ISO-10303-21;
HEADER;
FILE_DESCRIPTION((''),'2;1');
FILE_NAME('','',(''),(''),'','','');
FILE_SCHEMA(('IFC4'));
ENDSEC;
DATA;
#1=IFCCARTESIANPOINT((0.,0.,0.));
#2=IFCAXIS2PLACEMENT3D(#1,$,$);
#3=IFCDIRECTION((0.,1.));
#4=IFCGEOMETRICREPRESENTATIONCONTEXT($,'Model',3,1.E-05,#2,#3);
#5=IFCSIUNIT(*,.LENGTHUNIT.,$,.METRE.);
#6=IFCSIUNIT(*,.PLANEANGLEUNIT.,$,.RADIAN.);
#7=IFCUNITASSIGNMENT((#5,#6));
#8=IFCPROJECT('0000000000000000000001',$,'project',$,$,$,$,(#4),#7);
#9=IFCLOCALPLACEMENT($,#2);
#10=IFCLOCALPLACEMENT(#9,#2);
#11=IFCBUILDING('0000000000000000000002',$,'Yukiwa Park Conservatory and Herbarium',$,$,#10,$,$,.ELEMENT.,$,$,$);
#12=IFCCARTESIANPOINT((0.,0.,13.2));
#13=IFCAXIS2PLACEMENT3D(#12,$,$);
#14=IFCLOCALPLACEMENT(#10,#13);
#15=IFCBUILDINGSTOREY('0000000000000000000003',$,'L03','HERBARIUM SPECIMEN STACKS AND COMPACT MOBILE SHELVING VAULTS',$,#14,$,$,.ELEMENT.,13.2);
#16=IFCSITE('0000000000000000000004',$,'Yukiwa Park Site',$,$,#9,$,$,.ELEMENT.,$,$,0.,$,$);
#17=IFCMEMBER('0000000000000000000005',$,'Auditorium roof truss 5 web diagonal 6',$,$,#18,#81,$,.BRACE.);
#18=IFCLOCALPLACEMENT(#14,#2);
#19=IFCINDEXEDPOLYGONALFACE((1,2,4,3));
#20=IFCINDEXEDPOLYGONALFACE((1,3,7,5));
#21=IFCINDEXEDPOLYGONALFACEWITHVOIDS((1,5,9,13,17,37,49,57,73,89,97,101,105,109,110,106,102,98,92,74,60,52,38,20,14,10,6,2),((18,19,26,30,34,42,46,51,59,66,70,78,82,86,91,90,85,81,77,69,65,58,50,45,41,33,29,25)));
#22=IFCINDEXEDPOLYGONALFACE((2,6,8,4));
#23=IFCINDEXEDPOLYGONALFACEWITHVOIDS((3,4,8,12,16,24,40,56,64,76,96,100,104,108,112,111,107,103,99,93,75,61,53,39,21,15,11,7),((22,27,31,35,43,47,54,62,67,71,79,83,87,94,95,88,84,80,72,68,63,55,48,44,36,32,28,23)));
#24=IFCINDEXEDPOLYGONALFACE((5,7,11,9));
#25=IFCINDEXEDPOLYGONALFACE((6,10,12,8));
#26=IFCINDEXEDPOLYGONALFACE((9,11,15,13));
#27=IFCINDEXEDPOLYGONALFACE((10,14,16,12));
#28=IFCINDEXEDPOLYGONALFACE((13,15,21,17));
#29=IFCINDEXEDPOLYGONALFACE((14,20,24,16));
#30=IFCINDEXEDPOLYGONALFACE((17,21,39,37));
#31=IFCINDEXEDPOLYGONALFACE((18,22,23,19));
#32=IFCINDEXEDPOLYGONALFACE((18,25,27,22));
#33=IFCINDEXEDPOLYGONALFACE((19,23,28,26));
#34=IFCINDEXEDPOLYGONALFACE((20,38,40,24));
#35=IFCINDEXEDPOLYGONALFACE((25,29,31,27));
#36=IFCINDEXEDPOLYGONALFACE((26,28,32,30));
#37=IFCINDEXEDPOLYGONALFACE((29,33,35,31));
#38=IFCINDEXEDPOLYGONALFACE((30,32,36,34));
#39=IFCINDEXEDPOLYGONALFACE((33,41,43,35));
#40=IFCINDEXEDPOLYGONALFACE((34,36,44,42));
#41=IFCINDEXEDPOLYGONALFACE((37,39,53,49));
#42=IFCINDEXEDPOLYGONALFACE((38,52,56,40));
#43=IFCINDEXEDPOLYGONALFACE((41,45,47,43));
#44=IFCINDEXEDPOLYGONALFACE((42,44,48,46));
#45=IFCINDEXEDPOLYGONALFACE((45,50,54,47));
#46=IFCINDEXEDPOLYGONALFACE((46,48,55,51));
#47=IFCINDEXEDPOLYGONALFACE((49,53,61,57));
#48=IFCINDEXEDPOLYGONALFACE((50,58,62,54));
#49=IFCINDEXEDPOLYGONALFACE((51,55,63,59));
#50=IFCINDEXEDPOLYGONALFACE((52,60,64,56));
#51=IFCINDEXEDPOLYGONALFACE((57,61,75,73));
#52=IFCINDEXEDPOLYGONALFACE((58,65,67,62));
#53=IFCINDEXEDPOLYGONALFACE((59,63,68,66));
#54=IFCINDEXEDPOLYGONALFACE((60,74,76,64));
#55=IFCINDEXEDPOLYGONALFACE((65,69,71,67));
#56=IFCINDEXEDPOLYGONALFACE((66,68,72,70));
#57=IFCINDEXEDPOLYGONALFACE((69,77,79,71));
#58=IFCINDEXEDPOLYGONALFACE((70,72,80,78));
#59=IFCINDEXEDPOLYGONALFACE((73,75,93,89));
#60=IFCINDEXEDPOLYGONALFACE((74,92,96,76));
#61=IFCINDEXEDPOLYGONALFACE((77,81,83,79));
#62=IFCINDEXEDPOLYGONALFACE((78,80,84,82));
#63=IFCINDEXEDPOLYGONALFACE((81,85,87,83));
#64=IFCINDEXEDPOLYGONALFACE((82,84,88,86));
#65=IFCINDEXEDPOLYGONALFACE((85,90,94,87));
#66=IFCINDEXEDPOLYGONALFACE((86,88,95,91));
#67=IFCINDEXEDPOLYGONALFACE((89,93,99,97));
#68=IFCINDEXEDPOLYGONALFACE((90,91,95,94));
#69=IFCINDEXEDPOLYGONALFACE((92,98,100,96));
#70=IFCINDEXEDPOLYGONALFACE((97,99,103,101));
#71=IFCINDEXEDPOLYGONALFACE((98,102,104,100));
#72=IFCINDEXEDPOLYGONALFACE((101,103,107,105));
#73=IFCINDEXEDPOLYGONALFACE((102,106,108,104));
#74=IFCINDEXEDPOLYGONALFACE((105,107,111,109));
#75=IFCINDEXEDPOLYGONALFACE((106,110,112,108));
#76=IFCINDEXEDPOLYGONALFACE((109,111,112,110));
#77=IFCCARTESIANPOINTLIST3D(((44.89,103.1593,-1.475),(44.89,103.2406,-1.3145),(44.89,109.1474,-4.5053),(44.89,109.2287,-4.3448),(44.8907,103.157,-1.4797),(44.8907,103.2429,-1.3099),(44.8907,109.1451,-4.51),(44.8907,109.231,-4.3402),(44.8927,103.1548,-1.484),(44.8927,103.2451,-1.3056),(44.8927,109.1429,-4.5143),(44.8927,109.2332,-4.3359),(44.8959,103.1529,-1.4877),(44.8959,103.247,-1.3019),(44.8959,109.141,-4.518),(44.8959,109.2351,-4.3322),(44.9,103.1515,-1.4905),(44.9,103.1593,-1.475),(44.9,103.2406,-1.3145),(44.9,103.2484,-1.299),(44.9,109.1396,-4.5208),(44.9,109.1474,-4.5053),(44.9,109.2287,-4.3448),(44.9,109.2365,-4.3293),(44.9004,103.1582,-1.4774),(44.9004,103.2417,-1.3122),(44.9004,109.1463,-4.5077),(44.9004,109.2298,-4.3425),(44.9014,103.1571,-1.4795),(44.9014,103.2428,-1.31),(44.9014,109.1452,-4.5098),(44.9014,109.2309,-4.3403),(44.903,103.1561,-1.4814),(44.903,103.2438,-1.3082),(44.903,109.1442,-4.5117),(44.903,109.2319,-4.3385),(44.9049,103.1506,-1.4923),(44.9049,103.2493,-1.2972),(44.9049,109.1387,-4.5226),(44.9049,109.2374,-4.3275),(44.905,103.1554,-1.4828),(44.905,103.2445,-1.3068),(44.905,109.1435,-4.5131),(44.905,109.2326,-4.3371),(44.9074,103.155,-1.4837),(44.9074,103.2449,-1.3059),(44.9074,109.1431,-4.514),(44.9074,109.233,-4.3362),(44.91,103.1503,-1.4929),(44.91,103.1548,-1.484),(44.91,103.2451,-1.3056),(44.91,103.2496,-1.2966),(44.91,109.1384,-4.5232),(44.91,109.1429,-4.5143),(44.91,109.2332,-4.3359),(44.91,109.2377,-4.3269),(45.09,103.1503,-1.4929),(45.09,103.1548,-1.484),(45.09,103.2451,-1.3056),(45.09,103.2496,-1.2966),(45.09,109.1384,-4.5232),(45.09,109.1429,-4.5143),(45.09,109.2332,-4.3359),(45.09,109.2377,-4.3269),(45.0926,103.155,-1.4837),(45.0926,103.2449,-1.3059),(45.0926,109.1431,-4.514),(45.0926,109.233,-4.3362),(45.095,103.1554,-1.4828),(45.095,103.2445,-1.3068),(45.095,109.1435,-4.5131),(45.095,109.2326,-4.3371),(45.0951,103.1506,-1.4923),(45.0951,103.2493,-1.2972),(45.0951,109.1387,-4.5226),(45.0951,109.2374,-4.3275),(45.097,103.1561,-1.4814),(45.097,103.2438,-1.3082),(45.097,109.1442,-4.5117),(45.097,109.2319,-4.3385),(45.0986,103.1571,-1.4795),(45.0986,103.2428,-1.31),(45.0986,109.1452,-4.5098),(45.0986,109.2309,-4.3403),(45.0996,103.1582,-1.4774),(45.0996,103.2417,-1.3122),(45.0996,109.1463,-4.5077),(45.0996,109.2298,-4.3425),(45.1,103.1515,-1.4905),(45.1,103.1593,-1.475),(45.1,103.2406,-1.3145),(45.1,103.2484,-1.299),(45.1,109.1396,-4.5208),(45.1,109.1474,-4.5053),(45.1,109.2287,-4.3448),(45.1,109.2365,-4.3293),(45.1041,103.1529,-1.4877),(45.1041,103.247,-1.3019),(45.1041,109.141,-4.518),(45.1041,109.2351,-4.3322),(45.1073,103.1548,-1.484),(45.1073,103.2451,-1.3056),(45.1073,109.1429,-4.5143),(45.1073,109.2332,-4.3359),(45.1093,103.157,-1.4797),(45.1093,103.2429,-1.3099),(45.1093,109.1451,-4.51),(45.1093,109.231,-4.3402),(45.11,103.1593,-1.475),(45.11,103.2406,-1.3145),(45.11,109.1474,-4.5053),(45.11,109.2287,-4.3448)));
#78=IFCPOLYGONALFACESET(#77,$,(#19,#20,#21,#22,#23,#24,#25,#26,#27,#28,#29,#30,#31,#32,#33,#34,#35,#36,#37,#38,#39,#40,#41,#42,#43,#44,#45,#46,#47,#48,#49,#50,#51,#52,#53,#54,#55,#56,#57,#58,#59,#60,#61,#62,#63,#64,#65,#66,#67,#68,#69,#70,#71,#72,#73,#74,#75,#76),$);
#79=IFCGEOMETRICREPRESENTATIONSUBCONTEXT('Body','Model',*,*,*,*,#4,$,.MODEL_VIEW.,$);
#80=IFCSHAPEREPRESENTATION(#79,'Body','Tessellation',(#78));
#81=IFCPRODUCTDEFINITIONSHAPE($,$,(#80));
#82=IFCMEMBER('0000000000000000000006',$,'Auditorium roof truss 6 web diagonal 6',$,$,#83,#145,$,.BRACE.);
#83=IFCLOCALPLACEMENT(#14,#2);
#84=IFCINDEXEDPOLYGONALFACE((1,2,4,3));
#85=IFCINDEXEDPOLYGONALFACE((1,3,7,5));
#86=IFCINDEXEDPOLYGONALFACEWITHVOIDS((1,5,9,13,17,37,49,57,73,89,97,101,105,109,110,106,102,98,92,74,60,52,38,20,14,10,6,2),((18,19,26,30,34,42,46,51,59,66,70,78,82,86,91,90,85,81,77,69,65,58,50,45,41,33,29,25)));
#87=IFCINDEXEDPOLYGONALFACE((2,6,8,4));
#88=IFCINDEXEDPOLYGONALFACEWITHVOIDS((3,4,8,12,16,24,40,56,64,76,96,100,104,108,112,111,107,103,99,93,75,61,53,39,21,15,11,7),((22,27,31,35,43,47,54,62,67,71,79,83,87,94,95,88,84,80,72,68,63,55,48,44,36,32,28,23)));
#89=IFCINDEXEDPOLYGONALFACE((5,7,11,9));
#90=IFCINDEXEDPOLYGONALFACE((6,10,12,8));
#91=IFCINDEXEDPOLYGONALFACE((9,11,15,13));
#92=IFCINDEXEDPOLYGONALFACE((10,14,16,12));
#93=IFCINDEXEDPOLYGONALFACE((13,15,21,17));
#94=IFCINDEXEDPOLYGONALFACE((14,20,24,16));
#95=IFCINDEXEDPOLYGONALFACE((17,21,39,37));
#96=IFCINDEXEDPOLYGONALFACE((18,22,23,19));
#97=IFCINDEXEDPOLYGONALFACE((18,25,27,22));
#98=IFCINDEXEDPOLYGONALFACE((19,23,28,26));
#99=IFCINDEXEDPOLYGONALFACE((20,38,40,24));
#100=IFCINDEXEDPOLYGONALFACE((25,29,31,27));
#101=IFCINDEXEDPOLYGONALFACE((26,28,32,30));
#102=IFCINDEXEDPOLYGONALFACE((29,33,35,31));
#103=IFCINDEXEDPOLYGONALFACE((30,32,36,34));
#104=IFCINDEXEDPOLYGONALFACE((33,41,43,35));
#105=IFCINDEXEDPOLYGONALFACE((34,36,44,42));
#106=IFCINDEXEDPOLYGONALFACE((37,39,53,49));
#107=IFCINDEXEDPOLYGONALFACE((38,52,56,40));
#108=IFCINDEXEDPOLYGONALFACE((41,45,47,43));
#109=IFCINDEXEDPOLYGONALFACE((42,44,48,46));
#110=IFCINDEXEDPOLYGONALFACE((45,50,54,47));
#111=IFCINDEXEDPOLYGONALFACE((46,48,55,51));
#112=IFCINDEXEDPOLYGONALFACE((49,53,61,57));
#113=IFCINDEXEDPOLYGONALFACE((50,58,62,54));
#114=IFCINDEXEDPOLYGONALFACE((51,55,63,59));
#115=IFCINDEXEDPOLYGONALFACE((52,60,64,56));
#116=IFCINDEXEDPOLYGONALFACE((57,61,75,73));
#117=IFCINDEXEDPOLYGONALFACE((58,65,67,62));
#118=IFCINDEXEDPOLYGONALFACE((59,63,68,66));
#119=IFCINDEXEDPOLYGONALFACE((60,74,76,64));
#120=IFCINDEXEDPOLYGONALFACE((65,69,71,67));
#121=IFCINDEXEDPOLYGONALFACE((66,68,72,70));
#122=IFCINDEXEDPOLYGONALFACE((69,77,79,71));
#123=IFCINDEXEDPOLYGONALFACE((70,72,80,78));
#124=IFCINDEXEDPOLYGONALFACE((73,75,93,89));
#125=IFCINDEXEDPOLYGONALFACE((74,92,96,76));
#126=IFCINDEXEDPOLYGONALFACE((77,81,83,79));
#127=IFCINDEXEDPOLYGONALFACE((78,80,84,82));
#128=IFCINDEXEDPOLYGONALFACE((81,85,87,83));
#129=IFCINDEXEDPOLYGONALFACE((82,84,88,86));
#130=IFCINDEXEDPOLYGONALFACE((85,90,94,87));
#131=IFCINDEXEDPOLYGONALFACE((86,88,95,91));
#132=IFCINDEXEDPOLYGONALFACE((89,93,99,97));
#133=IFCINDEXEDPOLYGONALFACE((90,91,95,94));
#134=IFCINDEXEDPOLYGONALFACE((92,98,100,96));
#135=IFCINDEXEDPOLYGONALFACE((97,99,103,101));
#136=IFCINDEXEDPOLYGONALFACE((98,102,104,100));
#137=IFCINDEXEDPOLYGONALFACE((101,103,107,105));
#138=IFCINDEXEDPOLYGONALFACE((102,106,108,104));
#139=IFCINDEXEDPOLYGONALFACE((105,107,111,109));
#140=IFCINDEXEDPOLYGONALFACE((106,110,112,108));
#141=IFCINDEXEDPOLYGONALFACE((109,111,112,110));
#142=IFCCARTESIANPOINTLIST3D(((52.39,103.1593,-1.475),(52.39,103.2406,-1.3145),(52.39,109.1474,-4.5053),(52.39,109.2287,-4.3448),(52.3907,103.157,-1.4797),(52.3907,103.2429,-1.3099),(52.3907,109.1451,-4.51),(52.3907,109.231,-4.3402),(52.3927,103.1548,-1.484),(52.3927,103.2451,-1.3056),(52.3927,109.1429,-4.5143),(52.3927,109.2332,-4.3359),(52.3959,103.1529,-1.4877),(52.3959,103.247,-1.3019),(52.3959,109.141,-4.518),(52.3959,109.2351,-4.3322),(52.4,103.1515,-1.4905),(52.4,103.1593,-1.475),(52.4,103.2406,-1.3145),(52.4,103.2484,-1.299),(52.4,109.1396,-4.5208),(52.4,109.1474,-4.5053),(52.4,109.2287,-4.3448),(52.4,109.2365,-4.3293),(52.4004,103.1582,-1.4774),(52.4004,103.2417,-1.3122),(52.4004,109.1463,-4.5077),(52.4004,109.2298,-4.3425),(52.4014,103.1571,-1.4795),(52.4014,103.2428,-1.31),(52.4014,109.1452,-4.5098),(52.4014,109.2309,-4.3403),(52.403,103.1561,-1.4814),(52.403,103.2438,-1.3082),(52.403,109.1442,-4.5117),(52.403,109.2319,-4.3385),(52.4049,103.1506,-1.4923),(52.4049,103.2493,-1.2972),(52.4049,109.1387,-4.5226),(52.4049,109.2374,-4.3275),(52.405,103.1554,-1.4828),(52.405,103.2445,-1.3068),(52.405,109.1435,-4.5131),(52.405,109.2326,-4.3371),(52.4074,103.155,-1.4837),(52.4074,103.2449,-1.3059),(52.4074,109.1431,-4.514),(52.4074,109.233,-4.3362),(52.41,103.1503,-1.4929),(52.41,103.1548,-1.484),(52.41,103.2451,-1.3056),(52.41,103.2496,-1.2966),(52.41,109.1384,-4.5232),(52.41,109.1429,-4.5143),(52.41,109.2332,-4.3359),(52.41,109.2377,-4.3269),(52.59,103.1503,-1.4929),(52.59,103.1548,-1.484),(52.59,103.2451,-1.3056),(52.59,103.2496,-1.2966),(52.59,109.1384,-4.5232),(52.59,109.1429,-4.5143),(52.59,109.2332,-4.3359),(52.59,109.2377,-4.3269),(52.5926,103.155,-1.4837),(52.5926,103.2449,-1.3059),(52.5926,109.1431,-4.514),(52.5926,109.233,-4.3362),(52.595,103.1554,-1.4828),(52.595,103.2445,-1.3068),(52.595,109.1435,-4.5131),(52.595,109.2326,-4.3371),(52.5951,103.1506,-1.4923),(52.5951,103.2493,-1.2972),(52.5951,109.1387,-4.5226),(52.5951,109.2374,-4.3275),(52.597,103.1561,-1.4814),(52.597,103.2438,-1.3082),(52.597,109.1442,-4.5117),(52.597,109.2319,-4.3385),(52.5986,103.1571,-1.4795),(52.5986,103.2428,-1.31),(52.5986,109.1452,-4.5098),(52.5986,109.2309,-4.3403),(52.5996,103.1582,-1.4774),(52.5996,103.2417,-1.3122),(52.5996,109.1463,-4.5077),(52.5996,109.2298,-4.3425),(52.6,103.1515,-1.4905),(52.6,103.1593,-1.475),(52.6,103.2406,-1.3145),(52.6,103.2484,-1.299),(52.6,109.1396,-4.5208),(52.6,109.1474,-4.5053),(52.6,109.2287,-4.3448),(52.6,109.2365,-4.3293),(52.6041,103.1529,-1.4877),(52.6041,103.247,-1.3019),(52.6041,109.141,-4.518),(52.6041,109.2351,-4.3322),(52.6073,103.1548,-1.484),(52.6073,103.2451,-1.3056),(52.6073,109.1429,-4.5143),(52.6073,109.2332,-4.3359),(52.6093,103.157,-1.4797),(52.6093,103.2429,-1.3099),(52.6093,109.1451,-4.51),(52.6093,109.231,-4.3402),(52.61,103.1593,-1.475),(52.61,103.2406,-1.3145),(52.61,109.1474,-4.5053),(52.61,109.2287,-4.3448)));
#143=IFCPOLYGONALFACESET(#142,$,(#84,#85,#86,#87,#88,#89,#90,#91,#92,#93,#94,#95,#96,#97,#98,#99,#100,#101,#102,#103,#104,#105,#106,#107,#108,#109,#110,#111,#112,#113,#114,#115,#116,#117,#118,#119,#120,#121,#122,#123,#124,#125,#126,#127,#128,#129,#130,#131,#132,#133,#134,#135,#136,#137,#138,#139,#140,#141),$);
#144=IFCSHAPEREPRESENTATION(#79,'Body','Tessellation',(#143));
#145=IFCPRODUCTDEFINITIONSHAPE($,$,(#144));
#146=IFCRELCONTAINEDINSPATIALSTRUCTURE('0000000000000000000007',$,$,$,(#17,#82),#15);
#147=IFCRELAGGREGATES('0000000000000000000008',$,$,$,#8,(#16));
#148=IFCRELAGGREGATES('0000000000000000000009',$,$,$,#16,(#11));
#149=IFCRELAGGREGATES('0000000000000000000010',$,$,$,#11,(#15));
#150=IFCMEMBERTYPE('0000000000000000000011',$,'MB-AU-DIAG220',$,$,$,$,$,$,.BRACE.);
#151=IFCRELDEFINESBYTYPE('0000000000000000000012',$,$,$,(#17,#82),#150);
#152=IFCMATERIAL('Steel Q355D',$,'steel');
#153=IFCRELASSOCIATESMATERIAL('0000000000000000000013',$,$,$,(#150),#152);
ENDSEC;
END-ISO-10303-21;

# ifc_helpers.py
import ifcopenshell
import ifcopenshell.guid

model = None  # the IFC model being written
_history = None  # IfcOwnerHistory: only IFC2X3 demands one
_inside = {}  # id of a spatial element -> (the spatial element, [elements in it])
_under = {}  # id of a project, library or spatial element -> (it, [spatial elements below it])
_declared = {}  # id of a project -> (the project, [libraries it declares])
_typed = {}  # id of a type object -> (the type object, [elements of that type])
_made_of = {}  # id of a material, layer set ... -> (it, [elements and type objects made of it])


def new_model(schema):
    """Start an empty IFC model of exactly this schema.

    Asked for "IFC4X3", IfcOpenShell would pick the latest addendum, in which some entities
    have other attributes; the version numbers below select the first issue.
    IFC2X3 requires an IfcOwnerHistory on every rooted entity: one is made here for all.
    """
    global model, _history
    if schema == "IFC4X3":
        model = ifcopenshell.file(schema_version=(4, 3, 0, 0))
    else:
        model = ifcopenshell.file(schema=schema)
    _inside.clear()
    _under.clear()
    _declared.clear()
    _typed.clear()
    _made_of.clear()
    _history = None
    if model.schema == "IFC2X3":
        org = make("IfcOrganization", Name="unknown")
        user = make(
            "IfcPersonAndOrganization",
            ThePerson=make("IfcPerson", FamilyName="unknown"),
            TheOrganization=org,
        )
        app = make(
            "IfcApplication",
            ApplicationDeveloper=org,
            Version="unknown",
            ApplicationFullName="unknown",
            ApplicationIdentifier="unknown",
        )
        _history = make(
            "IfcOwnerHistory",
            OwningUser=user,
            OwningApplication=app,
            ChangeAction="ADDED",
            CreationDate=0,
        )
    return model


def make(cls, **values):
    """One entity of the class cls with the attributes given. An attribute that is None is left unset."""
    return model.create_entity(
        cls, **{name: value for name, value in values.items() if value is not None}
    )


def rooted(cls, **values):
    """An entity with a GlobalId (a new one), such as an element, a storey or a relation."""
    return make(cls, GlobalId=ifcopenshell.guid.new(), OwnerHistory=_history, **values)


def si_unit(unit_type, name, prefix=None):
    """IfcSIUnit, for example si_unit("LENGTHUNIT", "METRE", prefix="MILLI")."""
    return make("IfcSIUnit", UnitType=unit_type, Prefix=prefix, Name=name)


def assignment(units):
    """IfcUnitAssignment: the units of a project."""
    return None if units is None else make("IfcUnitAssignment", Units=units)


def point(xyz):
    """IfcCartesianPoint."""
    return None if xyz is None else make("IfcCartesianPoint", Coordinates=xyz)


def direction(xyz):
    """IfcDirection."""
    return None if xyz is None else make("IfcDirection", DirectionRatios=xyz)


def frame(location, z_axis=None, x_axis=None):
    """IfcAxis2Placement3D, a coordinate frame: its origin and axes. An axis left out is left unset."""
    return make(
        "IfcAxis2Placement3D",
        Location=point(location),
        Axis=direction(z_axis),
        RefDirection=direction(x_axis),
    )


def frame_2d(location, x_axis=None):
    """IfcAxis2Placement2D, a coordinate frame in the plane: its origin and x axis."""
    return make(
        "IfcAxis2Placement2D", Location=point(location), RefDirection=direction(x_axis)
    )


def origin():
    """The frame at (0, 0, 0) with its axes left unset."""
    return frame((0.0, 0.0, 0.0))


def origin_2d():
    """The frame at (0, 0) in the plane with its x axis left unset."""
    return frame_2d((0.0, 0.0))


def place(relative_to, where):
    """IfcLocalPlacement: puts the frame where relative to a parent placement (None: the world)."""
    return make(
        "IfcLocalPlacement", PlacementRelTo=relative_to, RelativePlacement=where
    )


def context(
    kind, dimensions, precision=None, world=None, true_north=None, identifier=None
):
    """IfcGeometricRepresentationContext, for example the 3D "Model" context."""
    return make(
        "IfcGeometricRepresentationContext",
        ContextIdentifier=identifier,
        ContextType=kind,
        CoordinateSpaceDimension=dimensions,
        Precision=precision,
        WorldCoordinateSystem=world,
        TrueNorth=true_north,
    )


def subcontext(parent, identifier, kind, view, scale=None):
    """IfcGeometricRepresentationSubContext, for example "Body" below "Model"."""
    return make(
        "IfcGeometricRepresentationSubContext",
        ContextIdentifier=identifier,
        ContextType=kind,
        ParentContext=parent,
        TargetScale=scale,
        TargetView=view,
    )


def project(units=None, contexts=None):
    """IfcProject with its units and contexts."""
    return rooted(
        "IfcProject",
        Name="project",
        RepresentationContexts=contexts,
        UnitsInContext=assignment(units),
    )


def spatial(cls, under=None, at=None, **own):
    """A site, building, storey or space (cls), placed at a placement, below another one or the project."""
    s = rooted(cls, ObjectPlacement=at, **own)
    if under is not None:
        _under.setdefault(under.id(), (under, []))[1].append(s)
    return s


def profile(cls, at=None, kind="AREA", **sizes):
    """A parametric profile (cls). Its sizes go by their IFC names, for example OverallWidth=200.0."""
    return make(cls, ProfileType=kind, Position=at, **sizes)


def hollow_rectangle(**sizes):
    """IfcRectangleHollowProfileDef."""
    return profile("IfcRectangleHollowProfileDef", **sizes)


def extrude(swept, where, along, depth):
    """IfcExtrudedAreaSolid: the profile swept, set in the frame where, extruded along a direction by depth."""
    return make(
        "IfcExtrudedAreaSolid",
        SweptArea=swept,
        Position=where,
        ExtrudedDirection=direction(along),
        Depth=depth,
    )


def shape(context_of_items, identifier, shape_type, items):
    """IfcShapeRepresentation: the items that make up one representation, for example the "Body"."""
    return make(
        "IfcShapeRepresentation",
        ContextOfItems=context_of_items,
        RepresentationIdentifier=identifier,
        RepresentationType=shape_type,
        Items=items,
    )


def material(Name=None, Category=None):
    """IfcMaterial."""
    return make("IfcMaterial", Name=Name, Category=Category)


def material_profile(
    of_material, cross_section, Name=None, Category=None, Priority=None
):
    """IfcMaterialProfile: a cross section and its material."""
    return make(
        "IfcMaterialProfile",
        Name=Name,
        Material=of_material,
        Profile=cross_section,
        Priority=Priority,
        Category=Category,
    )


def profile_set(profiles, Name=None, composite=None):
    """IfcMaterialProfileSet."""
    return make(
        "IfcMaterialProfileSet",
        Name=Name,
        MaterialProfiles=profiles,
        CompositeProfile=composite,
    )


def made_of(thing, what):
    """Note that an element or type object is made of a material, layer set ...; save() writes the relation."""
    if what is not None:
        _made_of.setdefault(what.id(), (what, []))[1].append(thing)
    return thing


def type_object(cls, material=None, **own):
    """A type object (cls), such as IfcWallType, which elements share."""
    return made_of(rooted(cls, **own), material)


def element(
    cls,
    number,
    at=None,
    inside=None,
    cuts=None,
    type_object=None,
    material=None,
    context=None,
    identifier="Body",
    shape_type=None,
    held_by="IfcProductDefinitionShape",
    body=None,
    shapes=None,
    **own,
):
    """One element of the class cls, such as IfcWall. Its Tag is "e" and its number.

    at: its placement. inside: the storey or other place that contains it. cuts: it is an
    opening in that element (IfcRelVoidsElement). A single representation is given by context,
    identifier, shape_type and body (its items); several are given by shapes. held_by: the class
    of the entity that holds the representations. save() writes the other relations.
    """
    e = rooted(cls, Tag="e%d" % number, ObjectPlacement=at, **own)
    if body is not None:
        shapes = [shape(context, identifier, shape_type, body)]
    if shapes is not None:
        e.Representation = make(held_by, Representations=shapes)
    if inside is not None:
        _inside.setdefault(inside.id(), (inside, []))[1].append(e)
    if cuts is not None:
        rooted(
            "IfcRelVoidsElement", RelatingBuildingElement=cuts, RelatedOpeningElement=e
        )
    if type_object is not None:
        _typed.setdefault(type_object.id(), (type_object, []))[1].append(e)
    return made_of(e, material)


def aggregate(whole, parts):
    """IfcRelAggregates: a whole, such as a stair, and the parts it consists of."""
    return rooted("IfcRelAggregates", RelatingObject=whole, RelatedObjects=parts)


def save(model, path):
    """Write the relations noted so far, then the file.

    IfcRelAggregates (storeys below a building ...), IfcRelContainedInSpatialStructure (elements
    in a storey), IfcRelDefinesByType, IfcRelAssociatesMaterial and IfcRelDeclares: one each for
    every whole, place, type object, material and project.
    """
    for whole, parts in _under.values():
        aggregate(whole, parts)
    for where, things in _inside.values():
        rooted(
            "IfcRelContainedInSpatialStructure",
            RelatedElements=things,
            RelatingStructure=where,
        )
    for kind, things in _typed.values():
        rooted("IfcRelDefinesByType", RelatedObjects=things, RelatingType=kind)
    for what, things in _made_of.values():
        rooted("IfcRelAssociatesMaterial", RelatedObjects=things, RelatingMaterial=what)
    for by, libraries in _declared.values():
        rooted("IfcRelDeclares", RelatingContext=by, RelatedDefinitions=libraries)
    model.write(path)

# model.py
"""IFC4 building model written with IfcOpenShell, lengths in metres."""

from ifc_helpers import new_model, si_unit, direction, frame, origin, origin_2d, place, context, subcontext, project, spatial, hollow_rectangle, extrude, material, material_profile, profile_set, type_object, element, save


model = new_model("IFC4")

# Units and contexts
model_context = context("Model", 3, precision=1e-05, world=origin(), true_north=direction((0.0, 1.0)))
body_context = subcontext(model_context, "Body", "Model", "MODEL_VIEW")
ifc_project = project(units=[si_unit("LENGTHUNIT", "METRE"), si_unit("PLANEANGLEUNIT", "RADIAN")], contexts=[model_context])

# Site, building, storey
site_placement = place(None, origin())
site = spatial("IfcSite", under=ifc_project, at=site_placement, Name="Yukiwa Park Site", CompositionType="ELEMENT", RefElevation=0.0)
building_placement = place(site_placement, origin())
building = spatial("IfcBuilding", under=site, at=building_placement, Name="Yukiwa Park Conservatory and Herbarium", CompositionType="ELEMENT")
storey_placement = place(building_placement, frame((0.0, 0.0, 13.2)))
storey = spatial("IfcBuildingStorey", under=building, at=storey_placement, Name="L03", Description="HERBARIUM SPECIMEN STACKS AND COMPACT MOBILE SHELVING VAULTS", CompositionType="ELEMENT", Elevation=13.2)

# Members
ifc_material_1 = material(Name="Steel Q355D", Category="steel")
ifc_material_profile_1 = material_profile(ifc_material_1, hollow_rectangle(XDim=0.22, YDim=0.22, WallThickness=0.01, InnerFilletRadius=0.01, OuterFilletRadius=0.02, at=origin_2d()), Name="SHS 220x220x10")
ifc_profile_set_1 = profile_set([ifc_material_profile_1], Name="Steel Q355D")
member_type_1 = type_object("IfcMemberType", Name="MB-AU-DIAG220", PredefinedType="BRACE", material=ifc_profile_set_1)
for number, where, z_axis, x_axis, name in (
    (1, (45.0, 103.2, -1.3948), (0.0, 0.892256, -0.45153), (-1.0, 0.0, 0.0), "Auditorium roof truss 5 web diagonal 6"),
    (2, (52.5, 103.2, -1.3948), (0.0, 0.892256, -0.45153), (-1.0, 0.0, 0.0), "Auditorium roof truss 6 web diagonal 6"),
):
    element("IfcMember", number, at=place(storey_placement, frame(where, z_axis=z_axis, x_axis=x_axis)), inside=storey, type_object=member_type_1, Name=name, PredefinedType="BRACE", context=body_context, shape_type="SweptSolid", body=[
        extrude(hollow_rectangle(XDim=0.22, YDim=0.22, WallThickness=0.01, InnerFilletRadius=0.01, OuterFilletRadius=0.02, at=origin_2d()), origin(), (0.0, 0.0, 1.0), 6.7112),
    ])

save(model, "model.ifc")
